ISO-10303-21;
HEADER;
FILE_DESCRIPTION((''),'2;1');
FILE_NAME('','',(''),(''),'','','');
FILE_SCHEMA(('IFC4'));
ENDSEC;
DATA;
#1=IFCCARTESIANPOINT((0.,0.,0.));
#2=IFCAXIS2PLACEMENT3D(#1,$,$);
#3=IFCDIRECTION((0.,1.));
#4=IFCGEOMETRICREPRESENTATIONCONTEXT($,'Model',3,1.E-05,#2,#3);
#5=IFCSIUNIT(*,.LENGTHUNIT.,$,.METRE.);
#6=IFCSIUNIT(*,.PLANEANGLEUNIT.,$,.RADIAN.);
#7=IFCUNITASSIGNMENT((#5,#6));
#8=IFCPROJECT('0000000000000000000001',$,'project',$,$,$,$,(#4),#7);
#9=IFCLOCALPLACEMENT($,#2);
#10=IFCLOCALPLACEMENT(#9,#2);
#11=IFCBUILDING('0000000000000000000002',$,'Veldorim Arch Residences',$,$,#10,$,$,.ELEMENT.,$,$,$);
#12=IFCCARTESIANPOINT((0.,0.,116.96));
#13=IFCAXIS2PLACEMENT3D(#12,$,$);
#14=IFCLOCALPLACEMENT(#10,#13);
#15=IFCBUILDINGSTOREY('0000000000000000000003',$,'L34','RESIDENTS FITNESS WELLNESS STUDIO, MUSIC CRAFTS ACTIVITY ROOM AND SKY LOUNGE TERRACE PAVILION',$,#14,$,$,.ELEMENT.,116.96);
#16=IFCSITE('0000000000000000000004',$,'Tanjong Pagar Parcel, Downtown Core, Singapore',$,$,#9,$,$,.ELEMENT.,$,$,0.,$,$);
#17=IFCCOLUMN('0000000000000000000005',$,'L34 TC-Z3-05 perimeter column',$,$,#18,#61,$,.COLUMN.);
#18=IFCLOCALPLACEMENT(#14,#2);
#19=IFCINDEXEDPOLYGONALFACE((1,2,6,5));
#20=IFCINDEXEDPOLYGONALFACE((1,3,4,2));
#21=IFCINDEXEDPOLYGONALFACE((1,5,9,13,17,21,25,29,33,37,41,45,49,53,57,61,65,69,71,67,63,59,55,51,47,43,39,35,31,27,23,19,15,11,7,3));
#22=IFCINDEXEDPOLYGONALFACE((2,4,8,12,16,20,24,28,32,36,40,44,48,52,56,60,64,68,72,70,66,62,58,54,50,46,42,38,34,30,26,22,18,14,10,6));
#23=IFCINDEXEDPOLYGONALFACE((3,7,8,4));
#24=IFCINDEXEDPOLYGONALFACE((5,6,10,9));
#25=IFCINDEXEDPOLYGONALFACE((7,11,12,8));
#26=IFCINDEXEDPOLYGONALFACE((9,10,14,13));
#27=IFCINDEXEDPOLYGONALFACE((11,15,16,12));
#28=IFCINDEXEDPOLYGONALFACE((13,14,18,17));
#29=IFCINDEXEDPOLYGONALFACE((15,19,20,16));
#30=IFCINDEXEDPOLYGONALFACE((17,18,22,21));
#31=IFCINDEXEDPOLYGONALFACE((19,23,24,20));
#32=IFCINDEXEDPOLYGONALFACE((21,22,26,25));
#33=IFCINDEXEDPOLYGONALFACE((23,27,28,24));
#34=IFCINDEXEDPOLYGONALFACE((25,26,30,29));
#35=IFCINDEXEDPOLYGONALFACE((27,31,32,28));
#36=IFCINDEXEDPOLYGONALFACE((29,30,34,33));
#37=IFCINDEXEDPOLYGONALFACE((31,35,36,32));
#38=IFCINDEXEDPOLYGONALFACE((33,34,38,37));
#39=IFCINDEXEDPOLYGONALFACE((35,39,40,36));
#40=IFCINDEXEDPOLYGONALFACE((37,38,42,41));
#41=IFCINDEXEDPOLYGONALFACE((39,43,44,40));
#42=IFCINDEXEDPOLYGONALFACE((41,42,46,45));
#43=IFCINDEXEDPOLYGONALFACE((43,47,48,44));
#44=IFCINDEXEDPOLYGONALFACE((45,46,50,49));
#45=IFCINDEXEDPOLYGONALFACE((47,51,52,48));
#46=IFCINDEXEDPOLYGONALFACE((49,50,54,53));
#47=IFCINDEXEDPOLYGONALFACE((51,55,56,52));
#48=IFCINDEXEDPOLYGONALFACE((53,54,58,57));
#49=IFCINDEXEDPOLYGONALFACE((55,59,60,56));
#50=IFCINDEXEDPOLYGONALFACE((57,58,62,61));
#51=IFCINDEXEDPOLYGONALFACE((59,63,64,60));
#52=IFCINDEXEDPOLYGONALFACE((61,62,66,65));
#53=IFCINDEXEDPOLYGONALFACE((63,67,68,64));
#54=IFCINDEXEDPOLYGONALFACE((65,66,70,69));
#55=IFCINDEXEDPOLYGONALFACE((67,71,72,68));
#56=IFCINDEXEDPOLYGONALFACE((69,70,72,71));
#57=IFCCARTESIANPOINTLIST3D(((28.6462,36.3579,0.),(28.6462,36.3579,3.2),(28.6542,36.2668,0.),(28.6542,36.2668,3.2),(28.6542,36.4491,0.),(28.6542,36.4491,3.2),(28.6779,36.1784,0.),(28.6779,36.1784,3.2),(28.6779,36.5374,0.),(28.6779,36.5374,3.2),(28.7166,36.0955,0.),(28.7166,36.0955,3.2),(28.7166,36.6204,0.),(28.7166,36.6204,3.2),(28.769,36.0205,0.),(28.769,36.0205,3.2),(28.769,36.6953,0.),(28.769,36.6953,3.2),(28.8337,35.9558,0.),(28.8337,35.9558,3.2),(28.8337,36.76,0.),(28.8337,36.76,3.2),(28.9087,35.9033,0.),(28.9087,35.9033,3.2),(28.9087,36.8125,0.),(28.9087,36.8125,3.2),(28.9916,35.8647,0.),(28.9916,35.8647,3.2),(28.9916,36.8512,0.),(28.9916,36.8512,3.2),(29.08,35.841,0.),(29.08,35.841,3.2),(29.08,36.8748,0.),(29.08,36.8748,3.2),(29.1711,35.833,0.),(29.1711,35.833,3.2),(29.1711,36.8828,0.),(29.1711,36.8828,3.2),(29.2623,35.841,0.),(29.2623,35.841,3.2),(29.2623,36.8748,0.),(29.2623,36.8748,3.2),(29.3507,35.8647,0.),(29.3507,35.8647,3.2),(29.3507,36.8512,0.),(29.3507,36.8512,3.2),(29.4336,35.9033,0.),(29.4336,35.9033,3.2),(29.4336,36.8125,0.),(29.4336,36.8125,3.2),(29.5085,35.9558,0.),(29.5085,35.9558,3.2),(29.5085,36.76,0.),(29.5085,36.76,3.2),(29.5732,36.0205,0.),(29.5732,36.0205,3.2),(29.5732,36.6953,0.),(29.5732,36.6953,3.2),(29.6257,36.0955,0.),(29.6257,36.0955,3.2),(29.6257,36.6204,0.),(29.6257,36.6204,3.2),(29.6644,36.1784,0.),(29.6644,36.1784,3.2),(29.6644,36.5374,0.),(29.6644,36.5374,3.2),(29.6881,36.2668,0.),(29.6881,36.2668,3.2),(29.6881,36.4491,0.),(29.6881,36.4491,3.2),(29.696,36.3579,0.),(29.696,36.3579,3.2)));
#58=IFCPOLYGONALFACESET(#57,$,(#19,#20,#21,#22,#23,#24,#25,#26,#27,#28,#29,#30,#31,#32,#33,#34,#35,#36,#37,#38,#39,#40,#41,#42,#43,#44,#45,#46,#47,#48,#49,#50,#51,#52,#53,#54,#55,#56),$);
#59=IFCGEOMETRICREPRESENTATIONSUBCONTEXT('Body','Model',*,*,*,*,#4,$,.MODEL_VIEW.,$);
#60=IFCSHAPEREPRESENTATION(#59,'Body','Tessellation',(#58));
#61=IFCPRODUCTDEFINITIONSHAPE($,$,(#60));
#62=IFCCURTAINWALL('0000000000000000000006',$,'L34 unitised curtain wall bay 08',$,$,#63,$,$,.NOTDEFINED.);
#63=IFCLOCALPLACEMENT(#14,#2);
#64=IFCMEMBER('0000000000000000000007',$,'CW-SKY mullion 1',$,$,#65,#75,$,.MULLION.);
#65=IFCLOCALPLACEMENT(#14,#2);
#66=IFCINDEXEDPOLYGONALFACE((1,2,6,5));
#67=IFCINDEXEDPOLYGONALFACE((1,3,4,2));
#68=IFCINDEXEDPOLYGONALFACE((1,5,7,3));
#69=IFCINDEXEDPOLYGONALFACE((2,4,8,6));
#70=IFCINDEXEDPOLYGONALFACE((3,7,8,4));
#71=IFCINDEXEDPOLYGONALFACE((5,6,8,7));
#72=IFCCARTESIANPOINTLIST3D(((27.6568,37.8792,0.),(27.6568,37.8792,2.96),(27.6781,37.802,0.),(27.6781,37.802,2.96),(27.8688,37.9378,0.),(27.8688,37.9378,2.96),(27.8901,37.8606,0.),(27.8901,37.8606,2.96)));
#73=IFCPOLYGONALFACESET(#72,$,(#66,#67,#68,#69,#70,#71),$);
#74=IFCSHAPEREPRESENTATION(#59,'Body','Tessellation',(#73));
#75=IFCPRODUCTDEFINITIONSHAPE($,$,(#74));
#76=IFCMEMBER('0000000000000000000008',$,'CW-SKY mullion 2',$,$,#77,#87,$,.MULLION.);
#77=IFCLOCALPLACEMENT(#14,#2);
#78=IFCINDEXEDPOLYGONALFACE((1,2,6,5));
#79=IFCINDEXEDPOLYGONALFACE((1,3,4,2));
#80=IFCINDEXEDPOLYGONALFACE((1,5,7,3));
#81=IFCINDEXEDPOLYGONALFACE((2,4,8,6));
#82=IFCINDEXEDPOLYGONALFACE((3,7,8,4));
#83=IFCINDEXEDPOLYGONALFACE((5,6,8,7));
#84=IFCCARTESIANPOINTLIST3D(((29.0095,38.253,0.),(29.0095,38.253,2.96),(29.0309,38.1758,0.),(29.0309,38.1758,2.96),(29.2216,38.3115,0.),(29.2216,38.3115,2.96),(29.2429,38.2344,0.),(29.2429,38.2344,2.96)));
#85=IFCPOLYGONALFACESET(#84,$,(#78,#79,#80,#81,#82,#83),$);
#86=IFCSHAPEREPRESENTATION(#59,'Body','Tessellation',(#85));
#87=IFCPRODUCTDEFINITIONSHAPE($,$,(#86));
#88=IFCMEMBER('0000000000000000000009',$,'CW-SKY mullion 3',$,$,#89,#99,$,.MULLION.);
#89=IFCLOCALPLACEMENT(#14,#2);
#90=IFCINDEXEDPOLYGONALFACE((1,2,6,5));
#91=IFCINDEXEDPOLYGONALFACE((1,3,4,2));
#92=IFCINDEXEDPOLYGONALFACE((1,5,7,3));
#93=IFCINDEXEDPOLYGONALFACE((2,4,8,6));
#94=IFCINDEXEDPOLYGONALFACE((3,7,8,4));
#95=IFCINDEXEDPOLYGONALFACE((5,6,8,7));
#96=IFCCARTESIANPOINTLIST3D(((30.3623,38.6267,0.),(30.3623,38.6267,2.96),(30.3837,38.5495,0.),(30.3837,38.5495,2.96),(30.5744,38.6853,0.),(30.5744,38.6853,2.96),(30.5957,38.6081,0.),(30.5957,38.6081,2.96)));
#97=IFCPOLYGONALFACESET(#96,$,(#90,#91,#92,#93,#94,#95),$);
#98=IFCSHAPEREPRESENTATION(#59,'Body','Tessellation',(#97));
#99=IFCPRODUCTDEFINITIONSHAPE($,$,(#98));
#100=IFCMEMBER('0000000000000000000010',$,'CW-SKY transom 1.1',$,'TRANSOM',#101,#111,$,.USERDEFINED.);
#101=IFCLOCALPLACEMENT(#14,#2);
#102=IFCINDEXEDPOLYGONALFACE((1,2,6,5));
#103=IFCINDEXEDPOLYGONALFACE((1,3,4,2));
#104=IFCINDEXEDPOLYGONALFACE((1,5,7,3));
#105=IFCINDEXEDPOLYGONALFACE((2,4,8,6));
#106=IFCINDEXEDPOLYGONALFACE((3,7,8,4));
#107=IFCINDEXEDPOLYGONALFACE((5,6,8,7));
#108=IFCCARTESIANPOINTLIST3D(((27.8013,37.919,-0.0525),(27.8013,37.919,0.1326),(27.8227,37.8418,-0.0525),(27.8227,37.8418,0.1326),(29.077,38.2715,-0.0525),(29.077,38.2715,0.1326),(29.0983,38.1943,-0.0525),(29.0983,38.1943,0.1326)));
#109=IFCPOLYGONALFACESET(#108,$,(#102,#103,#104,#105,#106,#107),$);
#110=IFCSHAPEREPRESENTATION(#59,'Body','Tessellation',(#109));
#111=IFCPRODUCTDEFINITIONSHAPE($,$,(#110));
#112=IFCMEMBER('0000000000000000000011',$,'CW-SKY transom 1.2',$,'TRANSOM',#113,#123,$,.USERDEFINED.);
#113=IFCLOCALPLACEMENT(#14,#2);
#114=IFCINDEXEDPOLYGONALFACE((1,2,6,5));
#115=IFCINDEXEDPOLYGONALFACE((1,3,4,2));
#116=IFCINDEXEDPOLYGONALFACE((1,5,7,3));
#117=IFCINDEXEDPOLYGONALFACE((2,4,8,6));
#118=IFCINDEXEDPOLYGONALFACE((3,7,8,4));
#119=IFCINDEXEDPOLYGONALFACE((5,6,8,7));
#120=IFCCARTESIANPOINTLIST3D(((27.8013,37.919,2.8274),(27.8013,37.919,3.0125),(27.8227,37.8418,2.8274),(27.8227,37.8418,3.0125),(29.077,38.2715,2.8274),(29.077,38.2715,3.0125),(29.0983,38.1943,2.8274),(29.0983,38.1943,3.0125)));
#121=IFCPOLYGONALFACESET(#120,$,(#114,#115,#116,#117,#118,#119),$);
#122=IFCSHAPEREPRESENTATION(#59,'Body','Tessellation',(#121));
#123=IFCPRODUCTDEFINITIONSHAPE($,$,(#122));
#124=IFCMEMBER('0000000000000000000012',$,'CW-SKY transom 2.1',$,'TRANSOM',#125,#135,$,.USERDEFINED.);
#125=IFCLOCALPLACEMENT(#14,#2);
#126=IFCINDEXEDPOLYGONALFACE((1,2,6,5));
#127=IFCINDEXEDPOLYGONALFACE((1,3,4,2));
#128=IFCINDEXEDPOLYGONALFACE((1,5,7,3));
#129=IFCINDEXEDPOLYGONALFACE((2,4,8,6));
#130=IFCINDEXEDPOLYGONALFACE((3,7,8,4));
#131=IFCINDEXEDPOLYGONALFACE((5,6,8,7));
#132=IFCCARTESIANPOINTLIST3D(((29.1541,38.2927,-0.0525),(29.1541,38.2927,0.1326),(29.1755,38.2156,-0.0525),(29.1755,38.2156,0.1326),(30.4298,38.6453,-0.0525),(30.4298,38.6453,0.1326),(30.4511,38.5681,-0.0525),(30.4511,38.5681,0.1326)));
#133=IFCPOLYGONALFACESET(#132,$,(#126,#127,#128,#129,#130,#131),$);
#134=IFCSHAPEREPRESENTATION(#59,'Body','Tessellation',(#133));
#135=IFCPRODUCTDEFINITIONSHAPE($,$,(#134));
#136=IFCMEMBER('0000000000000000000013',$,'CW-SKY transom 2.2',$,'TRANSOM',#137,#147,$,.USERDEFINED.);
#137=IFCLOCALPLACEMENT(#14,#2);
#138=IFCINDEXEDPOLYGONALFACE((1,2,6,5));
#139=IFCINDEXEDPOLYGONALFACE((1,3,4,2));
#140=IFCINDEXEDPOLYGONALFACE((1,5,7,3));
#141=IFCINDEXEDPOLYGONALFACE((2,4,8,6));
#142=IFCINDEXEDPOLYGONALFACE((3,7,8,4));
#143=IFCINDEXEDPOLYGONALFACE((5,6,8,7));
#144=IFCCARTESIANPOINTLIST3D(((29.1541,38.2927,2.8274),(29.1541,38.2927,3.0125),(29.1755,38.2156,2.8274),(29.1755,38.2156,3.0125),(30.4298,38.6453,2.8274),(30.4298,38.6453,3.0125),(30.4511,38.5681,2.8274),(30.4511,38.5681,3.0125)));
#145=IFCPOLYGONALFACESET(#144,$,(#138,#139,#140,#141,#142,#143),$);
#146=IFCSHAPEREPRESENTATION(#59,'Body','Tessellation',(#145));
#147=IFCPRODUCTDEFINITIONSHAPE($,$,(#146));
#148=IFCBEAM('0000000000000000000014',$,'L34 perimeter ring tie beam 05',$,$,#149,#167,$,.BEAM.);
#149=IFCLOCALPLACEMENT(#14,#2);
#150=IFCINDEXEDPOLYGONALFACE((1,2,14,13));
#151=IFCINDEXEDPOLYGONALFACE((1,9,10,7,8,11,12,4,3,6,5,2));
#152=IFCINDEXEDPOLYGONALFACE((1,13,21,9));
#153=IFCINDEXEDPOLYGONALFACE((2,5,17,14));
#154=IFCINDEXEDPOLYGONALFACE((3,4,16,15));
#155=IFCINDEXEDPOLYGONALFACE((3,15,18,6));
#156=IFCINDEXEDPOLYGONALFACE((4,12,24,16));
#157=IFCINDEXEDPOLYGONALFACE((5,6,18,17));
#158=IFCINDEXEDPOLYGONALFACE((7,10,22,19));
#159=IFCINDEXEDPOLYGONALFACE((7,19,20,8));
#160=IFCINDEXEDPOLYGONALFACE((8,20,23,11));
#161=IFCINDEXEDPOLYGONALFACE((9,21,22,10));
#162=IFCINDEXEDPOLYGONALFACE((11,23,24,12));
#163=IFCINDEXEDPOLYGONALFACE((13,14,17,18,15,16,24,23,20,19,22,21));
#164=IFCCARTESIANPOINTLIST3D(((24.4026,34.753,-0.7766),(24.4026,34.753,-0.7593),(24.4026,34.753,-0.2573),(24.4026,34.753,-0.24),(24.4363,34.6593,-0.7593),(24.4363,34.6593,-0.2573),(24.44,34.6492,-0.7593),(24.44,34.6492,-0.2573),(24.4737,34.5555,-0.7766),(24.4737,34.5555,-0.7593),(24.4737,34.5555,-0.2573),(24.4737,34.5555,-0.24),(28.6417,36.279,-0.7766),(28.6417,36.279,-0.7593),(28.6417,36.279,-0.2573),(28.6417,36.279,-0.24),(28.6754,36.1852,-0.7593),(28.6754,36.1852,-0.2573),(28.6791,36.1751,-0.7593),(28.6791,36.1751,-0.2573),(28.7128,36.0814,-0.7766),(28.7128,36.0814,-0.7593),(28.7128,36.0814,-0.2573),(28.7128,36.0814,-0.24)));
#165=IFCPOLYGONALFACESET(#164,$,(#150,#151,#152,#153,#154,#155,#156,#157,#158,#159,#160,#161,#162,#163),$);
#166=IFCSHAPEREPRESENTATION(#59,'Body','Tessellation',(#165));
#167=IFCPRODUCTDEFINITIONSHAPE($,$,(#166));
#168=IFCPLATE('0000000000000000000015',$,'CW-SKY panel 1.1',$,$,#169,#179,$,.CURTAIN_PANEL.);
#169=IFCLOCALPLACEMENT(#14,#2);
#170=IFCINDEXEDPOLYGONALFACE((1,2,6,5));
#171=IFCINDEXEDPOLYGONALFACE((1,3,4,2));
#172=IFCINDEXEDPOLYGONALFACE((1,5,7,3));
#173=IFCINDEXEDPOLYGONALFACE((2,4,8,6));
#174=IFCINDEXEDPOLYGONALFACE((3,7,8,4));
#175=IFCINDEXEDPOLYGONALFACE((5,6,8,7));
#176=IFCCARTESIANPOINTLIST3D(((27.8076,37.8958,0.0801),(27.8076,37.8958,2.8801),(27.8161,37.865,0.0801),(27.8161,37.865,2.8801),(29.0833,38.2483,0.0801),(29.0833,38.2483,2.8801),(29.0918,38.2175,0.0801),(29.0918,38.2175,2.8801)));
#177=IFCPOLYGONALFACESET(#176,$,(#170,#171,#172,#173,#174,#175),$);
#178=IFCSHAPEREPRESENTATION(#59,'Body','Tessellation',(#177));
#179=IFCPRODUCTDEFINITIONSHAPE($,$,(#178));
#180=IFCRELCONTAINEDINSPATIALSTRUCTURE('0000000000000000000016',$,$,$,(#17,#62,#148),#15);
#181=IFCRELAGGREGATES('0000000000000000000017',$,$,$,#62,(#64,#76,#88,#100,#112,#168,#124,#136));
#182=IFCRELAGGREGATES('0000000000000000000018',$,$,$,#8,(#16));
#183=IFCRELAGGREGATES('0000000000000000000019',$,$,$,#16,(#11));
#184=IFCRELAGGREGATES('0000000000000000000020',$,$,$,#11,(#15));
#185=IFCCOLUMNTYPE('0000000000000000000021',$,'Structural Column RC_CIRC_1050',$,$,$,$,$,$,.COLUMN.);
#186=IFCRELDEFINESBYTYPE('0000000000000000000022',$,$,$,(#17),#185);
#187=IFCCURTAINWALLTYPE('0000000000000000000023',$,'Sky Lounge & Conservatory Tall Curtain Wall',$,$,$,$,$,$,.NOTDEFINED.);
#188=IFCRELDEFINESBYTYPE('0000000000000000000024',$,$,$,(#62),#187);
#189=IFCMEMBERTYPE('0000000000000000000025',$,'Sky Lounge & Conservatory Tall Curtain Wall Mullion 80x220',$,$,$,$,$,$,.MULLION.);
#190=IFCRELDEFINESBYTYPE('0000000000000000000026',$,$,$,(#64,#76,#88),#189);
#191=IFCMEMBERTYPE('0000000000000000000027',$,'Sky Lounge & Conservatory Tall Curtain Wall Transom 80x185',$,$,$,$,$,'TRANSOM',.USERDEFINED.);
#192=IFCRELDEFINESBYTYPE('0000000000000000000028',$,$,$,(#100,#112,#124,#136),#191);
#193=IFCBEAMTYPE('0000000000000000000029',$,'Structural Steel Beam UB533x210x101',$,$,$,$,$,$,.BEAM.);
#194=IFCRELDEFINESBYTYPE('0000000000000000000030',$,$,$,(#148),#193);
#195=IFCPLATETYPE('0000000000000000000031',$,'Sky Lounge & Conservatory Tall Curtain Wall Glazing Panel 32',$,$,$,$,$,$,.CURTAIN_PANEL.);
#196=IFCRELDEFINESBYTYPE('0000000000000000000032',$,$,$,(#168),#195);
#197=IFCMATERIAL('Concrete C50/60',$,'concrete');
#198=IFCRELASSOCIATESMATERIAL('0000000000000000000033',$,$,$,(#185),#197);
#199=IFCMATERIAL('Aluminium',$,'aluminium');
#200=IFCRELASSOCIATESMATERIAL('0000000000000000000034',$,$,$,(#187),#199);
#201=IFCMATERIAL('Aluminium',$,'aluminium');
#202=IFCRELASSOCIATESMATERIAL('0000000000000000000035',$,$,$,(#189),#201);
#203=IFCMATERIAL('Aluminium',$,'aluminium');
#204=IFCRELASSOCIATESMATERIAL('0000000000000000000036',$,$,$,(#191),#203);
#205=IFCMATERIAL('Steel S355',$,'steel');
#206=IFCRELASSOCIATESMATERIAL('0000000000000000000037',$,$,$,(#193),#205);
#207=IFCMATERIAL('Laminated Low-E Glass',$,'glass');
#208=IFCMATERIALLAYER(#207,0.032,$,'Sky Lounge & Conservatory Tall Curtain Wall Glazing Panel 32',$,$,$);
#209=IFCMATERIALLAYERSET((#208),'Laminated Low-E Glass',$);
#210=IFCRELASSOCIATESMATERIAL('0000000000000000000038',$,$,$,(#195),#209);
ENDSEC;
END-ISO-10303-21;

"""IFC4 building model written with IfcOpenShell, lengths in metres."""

from ifc_helpers import new_model, si_unit, direction, frame, origin, origin_2d, place, context, subcontext, project, spatial, rectangle, circle, i_section, extrude, material, layer, layer_set, material_profile, profile_set, type_object, element, aggregate, save


model = new_model("IFC4")

# Units and contexts
model_context = context("Model", 3, precision=1e-05, world=origin(), true_north=direction((0.0, 1.0)))
body_context = subcontext(model_context, "Body", "Model", "MODEL_VIEW")
ifc_project = project(units=[si_unit("LENGTHUNIT", "METRE"), si_unit("PLANEANGLEUNIT", "RADIAN")], contexts=[model_context])

# Site, building, storey
site_placement = place(None, origin())
site = spatial("IfcSite", under=ifc_project, at=site_placement, Name="Tanjong Pagar Parcel, Downtown Core, Singapore", CompositionType="ELEMENT", RefElevation=0.0)
building_placement = place(site_placement, origin())
building = spatial("IfcBuilding", under=site, at=building_placement, Name="Veldorim Arch Residences", CompositionType="ELEMENT")
storey_placement = place(building_placement, frame((0.0, 0.0, 116.96)))
storey = spatial("IfcBuildingStorey", under=building, at=storey_placement, Name="L34", Description="RESIDENTS FITNESS WELLNESS STUDIO, MUSIC CRAFTS ACTIVITY ROOM AND SKY LOUNGE TERRACE PAVILION", CompositionType="ELEMENT", Elevation=116.96)

# Column
ifc_material_1 = material(Name="Concrete C50/60", Category="concrete")
ifc_material_profile_1 = material_profile(ifc_material_1, circle(Radius=0.5249, at=origin_2d()), Name="RC_CIRC_1050")
ifc_profile_set_1 = profile_set([ifc_material_profile_1], Name="Concrete C50/60")
column_type = type_object("IfcColumnType", Name="Structural Column RC_CIRC_1050", PredefinedType="COLUMN", material=ifc_profile_set_1)
column_placement = place(storey_placement, frame((29.1711, 36.3579, 0.0), z_axis=(0.0, 0.0, 1.0), x_axis=(1.0, 0.0, 0.0)))
element("IfcColumn", 1, at=column_placement, inside=storey, type_object=column_type, Name="L34 TC-Z3-05 perimeter column", PredefinedType="COLUMN", context=body_context, shape_type="SweptSolid", body=[
    extrude(circle(Radius=0.5249, at=origin_2d()), origin(), (0.0, 0.0, 1.0), 3.2),
])

# Curtain wall, members
ifc_material_2 = material(Name="Aluminium", Category="aluminium")
curtain_wall_type = type_object("IfcCurtainWallType", Name="Sky Lounge & Conservatory Tall Curtain Wall", PredefinedType="NOTDEFINED", material=ifc_material_2)
curtain_wall_placement = place(storey_placement, origin())
curtain_wall = element("IfcCurtainWall", 2, at=curtain_wall_placement, inside=storey, type_object=curtain_wall_type, Name="L34 unitised curtain wall bay 08", PredefinedType="NOTDEFINED")
ifc_material_3 = material(Name="Aluminium", Category="aluminium")
ifc_material_profile_2 = material_profile(ifc_material_3, rectangle(XDim=0.0801, YDim=0.22, at=origin_2d()), Name="ALU_MUL_80x220")
ifc_profile_set_2 = profile_set([ifc_material_profile_2], Name="Aluminium")
member_type_1 = type_object("IfcMemberType", Name="Sky Lounge & Conservatory Tall Curtain Wall Mullion 80x220", PredefinedType="MULLION", material=ifc_profile_set_2)
member_1_placement = place(storey_placement, frame((27.7734, 37.8699, 0.0), z_axis=(0.0, 0.0, 1.0), x_axis=(-0.266325, 0.963883, 0.0)))
member_1 = element("IfcMember", 3, at=member_1_placement, type_object=member_type_1, Name="CW-SKY mullion 1", PredefinedType="MULLION", context=body_context, shape_type="SweptSolid", body=[
    extrude(rectangle(XDim=0.0801, YDim=0.22, at=origin_2d()), origin(), (0.0, 0.0, 1.0), 2.96),
])
member_2_placement = place(storey_placement, frame((29.1262, 38.2437, 0.0), z_axis=(0.0, 0.0, 1.0), x_axis=(-0.266325, 0.963883, 0.0)))
member_2 = element("IfcMember", 4, at=member_2_placement, type_object=member_type_1, Name="CW-SKY mullion 2", PredefinedType="MULLION", context=body_context, shape_type="SweptSolid", body=[
    extrude(rectangle(XDim=0.0801, YDim=0.22, at=origin_2d()), origin(), (0.0, 0.0, 1.0), 2.96),
])
member_3_placement = place(storey_placement, frame((30.479, 38.6174, 0.0), z_axis=(0.0, 0.0, 1.0), x_axis=(-0.266325, 0.963883, 0.0)))
member_3 = element("IfcMember", 5, at=member_3_placement, type_object=member_type_1, Name="CW-SKY mullion 3", PredefinedType="MULLION", context=body_context, shape_type="SweptSolid", body=[
    extrude(rectangle(XDim=0.0801, YDim=0.22, at=origin_2d()), origin(), (0.0, 0.0, 1.0), 2.96),
])
ifc_material_4 = material(Name="Aluminium", Category="aluminium")
ifc_material_profile_3 = material_profile(ifc_material_4, rectangle(XDim=0.0801, YDim=0.1851, at=origin_2d()), Name="ALU_TRN_80x185")
ifc_profile_set_3 = profile_set([ifc_material_profile_3], Name="Aluminium")
member_type_2 = type_object("IfcMemberType", Name="Sky Lounge & Conservatory Tall Curtain Wall Transom 80x185", ElementType="TRANSOM", PredefinedType="USERDEFINED", material=ifc_profile_set_3)
member_4_placement = place(storey_placement, frame((27.812, 37.8804, 0.04), z_axis=(0.963869, 0.266378, 0.0), x_axis=(-0.266378, 0.963869, 0.0)))
member_4 = element("IfcMember", 6, at=member_4_placement, type_object=member_type_2, Name="CW-SKY transom 1.1", ObjectType="TRANSOM", PredefinedType="USERDEFINED", context=body_context, shape_type="SweptSolid", body=[
    extrude(rectangle(XDim=0.0801, YDim=0.1851, at=origin_2d()), origin(), (0.0, 0.0, 1.0), 1.3235),
])
member_5_placement = place(storey_placement, frame((27.812, 37.8804, 2.9199), z_axis=(0.963869, 0.266378, 0.0), x_axis=(-0.266378, 0.963869, 0.0)))
member_5 = element("IfcMember", 7, at=member_5_placement, type_object=member_type_2, Name="CW-SKY transom 1.2", ObjectType="TRANSOM", PredefinedType="USERDEFINED", context=body_context, shape_type="SweptSolid", body=[
    extrude(rectangle(XDim=0.0801, YDim=0.1851, at=origin_2d()), origin(), (0.0, 0.0, 1.0), 1.3235),
])
member_6_placement = place(storey_placement, frame((29.1648, 38.2542, 0.04), z_axis=(0.963869, 0.266378, 0.0), x_axis=(-0.266378, 0.963869, 0.0)))
member_6 = element("IfcMember", 8, at=member_6_placement, type_object=member_type_2, Name="CW-SKY transom 2.1", ObjectType="TRANSOM", PredefinedType="USERDEFINED", context=body_context, shape_type="SweptSolid", body=[
    extrude(rectangle(XDim=0.0801, YDim=0.1851, at=origin_2d()), origin(), (0.0, 0.0, 1.0), 1.3235),
])
member_7_placement = place(storey_placement, frame((29.1648, 38.2542, 2.9199), z_axis=(0.963869, 0.266378, 0.0), x_axis=(-0.266378, 0.963869, 0.0)))
member_7 = element("IfcMember", 9, at=member_7_placement, type_object=member_type_2, Name="CW-SKY transom 2.2", ObjectType="TRANSOM", PredefinedType="USERDEFINED", context=body_context, shape_type="SweptSolid", body=[
    extrude(rectangle(XDim=0.0801, YDim=0.1851, at=origin_2d()), origin(), (0.0, 0.0, 1.0), 1.3235),
])

# Beam
ifc_material_5 = material(Name="Steel S355", Category="steel")
ifc_material_profile_4 = material_profile(ifc_material_5, i_section(OverallWidth=0.21, OverallDepth=0.5366, WebThickness=0.0107, FlangeThickness=0.0173, at=origin_2d()), Name="UB533x210x101")
ifc_profile_set_4 = profile_set([ifc_material_profile_4], Name="Steel S355")
beam_type = type_object("IfcBeamType", Name="Structural Steel Beam UB533x210x101", PredefinedType="BEAM", material=ifc_profile_set_4)
beam_placement = place(storey_placement, frame((28.6772, 36.1802, -0.5083), z_axis=(-0.940899, -0.338687, 0.0), x_axis=(0.338687, -0.940899, 0.0)))
element("IfcBeam", 10, at=beam_placement, inside=storey, type_object=beam_type, Name="L34 perimeter ring tie beam 05", PredefinedType="BEAM", context=body_context, shape_type="SweptSolid", body=[
    extrude(i_section(OverallWidth=0.21, OverallDepth=0.5366, WebThickness=0.0107, FlangeThickness=0.0173, at=origin_2d()), origin(), (0.0, 0.0, 1.0), 4.5054),
])

# Plate
ifc_material_6 = material(Name="Laminated Low-E Glass", Category="glass")
ifc_layer_1 = layer(ifc_material_6, 0.032, Name="Sky Lounge & Conservatory Tall Curtain Wall Glazing Panel 32")
ifc_layer_set_1 = layer_set([ifc_layer_1], Name="Laminated Low-E Glass")
plate_type = type_object("IfcPlateType", Name="Sky Lounge & Conservatory Tall Curtain Wall Glazing Panel 32", PredefinedType="CURTAIN_PANEL", material=ifc_layer_set_1)
plate_1_placement = place(storey_placement, frame((28.4497, 38.0566, 0.0801), z_axis=(0.0, 0.0, 1.0), x_axis=(0.963883, 0.266325, 0.0)))
plate_1 = element("IfcPlate", 11, at=plate_1_placement, type_object=plate_type, Name="CW-SKY panel 1.1", PredefinedType="CURTAIN_PANEL", context=body_context, shape_type="SweptSolid", body=[
    extrude(rectangle(XDim=1.3235, YDim=0.032, at=origin_2d()), origin(), (0.0, 0.0, 1.0), 2.8),
])
aggregate(curtain_wall, [member_1, member_2, member_3, member_4, member_5, plate_1, member_6, member_7])

save(model, "model.ifc")
